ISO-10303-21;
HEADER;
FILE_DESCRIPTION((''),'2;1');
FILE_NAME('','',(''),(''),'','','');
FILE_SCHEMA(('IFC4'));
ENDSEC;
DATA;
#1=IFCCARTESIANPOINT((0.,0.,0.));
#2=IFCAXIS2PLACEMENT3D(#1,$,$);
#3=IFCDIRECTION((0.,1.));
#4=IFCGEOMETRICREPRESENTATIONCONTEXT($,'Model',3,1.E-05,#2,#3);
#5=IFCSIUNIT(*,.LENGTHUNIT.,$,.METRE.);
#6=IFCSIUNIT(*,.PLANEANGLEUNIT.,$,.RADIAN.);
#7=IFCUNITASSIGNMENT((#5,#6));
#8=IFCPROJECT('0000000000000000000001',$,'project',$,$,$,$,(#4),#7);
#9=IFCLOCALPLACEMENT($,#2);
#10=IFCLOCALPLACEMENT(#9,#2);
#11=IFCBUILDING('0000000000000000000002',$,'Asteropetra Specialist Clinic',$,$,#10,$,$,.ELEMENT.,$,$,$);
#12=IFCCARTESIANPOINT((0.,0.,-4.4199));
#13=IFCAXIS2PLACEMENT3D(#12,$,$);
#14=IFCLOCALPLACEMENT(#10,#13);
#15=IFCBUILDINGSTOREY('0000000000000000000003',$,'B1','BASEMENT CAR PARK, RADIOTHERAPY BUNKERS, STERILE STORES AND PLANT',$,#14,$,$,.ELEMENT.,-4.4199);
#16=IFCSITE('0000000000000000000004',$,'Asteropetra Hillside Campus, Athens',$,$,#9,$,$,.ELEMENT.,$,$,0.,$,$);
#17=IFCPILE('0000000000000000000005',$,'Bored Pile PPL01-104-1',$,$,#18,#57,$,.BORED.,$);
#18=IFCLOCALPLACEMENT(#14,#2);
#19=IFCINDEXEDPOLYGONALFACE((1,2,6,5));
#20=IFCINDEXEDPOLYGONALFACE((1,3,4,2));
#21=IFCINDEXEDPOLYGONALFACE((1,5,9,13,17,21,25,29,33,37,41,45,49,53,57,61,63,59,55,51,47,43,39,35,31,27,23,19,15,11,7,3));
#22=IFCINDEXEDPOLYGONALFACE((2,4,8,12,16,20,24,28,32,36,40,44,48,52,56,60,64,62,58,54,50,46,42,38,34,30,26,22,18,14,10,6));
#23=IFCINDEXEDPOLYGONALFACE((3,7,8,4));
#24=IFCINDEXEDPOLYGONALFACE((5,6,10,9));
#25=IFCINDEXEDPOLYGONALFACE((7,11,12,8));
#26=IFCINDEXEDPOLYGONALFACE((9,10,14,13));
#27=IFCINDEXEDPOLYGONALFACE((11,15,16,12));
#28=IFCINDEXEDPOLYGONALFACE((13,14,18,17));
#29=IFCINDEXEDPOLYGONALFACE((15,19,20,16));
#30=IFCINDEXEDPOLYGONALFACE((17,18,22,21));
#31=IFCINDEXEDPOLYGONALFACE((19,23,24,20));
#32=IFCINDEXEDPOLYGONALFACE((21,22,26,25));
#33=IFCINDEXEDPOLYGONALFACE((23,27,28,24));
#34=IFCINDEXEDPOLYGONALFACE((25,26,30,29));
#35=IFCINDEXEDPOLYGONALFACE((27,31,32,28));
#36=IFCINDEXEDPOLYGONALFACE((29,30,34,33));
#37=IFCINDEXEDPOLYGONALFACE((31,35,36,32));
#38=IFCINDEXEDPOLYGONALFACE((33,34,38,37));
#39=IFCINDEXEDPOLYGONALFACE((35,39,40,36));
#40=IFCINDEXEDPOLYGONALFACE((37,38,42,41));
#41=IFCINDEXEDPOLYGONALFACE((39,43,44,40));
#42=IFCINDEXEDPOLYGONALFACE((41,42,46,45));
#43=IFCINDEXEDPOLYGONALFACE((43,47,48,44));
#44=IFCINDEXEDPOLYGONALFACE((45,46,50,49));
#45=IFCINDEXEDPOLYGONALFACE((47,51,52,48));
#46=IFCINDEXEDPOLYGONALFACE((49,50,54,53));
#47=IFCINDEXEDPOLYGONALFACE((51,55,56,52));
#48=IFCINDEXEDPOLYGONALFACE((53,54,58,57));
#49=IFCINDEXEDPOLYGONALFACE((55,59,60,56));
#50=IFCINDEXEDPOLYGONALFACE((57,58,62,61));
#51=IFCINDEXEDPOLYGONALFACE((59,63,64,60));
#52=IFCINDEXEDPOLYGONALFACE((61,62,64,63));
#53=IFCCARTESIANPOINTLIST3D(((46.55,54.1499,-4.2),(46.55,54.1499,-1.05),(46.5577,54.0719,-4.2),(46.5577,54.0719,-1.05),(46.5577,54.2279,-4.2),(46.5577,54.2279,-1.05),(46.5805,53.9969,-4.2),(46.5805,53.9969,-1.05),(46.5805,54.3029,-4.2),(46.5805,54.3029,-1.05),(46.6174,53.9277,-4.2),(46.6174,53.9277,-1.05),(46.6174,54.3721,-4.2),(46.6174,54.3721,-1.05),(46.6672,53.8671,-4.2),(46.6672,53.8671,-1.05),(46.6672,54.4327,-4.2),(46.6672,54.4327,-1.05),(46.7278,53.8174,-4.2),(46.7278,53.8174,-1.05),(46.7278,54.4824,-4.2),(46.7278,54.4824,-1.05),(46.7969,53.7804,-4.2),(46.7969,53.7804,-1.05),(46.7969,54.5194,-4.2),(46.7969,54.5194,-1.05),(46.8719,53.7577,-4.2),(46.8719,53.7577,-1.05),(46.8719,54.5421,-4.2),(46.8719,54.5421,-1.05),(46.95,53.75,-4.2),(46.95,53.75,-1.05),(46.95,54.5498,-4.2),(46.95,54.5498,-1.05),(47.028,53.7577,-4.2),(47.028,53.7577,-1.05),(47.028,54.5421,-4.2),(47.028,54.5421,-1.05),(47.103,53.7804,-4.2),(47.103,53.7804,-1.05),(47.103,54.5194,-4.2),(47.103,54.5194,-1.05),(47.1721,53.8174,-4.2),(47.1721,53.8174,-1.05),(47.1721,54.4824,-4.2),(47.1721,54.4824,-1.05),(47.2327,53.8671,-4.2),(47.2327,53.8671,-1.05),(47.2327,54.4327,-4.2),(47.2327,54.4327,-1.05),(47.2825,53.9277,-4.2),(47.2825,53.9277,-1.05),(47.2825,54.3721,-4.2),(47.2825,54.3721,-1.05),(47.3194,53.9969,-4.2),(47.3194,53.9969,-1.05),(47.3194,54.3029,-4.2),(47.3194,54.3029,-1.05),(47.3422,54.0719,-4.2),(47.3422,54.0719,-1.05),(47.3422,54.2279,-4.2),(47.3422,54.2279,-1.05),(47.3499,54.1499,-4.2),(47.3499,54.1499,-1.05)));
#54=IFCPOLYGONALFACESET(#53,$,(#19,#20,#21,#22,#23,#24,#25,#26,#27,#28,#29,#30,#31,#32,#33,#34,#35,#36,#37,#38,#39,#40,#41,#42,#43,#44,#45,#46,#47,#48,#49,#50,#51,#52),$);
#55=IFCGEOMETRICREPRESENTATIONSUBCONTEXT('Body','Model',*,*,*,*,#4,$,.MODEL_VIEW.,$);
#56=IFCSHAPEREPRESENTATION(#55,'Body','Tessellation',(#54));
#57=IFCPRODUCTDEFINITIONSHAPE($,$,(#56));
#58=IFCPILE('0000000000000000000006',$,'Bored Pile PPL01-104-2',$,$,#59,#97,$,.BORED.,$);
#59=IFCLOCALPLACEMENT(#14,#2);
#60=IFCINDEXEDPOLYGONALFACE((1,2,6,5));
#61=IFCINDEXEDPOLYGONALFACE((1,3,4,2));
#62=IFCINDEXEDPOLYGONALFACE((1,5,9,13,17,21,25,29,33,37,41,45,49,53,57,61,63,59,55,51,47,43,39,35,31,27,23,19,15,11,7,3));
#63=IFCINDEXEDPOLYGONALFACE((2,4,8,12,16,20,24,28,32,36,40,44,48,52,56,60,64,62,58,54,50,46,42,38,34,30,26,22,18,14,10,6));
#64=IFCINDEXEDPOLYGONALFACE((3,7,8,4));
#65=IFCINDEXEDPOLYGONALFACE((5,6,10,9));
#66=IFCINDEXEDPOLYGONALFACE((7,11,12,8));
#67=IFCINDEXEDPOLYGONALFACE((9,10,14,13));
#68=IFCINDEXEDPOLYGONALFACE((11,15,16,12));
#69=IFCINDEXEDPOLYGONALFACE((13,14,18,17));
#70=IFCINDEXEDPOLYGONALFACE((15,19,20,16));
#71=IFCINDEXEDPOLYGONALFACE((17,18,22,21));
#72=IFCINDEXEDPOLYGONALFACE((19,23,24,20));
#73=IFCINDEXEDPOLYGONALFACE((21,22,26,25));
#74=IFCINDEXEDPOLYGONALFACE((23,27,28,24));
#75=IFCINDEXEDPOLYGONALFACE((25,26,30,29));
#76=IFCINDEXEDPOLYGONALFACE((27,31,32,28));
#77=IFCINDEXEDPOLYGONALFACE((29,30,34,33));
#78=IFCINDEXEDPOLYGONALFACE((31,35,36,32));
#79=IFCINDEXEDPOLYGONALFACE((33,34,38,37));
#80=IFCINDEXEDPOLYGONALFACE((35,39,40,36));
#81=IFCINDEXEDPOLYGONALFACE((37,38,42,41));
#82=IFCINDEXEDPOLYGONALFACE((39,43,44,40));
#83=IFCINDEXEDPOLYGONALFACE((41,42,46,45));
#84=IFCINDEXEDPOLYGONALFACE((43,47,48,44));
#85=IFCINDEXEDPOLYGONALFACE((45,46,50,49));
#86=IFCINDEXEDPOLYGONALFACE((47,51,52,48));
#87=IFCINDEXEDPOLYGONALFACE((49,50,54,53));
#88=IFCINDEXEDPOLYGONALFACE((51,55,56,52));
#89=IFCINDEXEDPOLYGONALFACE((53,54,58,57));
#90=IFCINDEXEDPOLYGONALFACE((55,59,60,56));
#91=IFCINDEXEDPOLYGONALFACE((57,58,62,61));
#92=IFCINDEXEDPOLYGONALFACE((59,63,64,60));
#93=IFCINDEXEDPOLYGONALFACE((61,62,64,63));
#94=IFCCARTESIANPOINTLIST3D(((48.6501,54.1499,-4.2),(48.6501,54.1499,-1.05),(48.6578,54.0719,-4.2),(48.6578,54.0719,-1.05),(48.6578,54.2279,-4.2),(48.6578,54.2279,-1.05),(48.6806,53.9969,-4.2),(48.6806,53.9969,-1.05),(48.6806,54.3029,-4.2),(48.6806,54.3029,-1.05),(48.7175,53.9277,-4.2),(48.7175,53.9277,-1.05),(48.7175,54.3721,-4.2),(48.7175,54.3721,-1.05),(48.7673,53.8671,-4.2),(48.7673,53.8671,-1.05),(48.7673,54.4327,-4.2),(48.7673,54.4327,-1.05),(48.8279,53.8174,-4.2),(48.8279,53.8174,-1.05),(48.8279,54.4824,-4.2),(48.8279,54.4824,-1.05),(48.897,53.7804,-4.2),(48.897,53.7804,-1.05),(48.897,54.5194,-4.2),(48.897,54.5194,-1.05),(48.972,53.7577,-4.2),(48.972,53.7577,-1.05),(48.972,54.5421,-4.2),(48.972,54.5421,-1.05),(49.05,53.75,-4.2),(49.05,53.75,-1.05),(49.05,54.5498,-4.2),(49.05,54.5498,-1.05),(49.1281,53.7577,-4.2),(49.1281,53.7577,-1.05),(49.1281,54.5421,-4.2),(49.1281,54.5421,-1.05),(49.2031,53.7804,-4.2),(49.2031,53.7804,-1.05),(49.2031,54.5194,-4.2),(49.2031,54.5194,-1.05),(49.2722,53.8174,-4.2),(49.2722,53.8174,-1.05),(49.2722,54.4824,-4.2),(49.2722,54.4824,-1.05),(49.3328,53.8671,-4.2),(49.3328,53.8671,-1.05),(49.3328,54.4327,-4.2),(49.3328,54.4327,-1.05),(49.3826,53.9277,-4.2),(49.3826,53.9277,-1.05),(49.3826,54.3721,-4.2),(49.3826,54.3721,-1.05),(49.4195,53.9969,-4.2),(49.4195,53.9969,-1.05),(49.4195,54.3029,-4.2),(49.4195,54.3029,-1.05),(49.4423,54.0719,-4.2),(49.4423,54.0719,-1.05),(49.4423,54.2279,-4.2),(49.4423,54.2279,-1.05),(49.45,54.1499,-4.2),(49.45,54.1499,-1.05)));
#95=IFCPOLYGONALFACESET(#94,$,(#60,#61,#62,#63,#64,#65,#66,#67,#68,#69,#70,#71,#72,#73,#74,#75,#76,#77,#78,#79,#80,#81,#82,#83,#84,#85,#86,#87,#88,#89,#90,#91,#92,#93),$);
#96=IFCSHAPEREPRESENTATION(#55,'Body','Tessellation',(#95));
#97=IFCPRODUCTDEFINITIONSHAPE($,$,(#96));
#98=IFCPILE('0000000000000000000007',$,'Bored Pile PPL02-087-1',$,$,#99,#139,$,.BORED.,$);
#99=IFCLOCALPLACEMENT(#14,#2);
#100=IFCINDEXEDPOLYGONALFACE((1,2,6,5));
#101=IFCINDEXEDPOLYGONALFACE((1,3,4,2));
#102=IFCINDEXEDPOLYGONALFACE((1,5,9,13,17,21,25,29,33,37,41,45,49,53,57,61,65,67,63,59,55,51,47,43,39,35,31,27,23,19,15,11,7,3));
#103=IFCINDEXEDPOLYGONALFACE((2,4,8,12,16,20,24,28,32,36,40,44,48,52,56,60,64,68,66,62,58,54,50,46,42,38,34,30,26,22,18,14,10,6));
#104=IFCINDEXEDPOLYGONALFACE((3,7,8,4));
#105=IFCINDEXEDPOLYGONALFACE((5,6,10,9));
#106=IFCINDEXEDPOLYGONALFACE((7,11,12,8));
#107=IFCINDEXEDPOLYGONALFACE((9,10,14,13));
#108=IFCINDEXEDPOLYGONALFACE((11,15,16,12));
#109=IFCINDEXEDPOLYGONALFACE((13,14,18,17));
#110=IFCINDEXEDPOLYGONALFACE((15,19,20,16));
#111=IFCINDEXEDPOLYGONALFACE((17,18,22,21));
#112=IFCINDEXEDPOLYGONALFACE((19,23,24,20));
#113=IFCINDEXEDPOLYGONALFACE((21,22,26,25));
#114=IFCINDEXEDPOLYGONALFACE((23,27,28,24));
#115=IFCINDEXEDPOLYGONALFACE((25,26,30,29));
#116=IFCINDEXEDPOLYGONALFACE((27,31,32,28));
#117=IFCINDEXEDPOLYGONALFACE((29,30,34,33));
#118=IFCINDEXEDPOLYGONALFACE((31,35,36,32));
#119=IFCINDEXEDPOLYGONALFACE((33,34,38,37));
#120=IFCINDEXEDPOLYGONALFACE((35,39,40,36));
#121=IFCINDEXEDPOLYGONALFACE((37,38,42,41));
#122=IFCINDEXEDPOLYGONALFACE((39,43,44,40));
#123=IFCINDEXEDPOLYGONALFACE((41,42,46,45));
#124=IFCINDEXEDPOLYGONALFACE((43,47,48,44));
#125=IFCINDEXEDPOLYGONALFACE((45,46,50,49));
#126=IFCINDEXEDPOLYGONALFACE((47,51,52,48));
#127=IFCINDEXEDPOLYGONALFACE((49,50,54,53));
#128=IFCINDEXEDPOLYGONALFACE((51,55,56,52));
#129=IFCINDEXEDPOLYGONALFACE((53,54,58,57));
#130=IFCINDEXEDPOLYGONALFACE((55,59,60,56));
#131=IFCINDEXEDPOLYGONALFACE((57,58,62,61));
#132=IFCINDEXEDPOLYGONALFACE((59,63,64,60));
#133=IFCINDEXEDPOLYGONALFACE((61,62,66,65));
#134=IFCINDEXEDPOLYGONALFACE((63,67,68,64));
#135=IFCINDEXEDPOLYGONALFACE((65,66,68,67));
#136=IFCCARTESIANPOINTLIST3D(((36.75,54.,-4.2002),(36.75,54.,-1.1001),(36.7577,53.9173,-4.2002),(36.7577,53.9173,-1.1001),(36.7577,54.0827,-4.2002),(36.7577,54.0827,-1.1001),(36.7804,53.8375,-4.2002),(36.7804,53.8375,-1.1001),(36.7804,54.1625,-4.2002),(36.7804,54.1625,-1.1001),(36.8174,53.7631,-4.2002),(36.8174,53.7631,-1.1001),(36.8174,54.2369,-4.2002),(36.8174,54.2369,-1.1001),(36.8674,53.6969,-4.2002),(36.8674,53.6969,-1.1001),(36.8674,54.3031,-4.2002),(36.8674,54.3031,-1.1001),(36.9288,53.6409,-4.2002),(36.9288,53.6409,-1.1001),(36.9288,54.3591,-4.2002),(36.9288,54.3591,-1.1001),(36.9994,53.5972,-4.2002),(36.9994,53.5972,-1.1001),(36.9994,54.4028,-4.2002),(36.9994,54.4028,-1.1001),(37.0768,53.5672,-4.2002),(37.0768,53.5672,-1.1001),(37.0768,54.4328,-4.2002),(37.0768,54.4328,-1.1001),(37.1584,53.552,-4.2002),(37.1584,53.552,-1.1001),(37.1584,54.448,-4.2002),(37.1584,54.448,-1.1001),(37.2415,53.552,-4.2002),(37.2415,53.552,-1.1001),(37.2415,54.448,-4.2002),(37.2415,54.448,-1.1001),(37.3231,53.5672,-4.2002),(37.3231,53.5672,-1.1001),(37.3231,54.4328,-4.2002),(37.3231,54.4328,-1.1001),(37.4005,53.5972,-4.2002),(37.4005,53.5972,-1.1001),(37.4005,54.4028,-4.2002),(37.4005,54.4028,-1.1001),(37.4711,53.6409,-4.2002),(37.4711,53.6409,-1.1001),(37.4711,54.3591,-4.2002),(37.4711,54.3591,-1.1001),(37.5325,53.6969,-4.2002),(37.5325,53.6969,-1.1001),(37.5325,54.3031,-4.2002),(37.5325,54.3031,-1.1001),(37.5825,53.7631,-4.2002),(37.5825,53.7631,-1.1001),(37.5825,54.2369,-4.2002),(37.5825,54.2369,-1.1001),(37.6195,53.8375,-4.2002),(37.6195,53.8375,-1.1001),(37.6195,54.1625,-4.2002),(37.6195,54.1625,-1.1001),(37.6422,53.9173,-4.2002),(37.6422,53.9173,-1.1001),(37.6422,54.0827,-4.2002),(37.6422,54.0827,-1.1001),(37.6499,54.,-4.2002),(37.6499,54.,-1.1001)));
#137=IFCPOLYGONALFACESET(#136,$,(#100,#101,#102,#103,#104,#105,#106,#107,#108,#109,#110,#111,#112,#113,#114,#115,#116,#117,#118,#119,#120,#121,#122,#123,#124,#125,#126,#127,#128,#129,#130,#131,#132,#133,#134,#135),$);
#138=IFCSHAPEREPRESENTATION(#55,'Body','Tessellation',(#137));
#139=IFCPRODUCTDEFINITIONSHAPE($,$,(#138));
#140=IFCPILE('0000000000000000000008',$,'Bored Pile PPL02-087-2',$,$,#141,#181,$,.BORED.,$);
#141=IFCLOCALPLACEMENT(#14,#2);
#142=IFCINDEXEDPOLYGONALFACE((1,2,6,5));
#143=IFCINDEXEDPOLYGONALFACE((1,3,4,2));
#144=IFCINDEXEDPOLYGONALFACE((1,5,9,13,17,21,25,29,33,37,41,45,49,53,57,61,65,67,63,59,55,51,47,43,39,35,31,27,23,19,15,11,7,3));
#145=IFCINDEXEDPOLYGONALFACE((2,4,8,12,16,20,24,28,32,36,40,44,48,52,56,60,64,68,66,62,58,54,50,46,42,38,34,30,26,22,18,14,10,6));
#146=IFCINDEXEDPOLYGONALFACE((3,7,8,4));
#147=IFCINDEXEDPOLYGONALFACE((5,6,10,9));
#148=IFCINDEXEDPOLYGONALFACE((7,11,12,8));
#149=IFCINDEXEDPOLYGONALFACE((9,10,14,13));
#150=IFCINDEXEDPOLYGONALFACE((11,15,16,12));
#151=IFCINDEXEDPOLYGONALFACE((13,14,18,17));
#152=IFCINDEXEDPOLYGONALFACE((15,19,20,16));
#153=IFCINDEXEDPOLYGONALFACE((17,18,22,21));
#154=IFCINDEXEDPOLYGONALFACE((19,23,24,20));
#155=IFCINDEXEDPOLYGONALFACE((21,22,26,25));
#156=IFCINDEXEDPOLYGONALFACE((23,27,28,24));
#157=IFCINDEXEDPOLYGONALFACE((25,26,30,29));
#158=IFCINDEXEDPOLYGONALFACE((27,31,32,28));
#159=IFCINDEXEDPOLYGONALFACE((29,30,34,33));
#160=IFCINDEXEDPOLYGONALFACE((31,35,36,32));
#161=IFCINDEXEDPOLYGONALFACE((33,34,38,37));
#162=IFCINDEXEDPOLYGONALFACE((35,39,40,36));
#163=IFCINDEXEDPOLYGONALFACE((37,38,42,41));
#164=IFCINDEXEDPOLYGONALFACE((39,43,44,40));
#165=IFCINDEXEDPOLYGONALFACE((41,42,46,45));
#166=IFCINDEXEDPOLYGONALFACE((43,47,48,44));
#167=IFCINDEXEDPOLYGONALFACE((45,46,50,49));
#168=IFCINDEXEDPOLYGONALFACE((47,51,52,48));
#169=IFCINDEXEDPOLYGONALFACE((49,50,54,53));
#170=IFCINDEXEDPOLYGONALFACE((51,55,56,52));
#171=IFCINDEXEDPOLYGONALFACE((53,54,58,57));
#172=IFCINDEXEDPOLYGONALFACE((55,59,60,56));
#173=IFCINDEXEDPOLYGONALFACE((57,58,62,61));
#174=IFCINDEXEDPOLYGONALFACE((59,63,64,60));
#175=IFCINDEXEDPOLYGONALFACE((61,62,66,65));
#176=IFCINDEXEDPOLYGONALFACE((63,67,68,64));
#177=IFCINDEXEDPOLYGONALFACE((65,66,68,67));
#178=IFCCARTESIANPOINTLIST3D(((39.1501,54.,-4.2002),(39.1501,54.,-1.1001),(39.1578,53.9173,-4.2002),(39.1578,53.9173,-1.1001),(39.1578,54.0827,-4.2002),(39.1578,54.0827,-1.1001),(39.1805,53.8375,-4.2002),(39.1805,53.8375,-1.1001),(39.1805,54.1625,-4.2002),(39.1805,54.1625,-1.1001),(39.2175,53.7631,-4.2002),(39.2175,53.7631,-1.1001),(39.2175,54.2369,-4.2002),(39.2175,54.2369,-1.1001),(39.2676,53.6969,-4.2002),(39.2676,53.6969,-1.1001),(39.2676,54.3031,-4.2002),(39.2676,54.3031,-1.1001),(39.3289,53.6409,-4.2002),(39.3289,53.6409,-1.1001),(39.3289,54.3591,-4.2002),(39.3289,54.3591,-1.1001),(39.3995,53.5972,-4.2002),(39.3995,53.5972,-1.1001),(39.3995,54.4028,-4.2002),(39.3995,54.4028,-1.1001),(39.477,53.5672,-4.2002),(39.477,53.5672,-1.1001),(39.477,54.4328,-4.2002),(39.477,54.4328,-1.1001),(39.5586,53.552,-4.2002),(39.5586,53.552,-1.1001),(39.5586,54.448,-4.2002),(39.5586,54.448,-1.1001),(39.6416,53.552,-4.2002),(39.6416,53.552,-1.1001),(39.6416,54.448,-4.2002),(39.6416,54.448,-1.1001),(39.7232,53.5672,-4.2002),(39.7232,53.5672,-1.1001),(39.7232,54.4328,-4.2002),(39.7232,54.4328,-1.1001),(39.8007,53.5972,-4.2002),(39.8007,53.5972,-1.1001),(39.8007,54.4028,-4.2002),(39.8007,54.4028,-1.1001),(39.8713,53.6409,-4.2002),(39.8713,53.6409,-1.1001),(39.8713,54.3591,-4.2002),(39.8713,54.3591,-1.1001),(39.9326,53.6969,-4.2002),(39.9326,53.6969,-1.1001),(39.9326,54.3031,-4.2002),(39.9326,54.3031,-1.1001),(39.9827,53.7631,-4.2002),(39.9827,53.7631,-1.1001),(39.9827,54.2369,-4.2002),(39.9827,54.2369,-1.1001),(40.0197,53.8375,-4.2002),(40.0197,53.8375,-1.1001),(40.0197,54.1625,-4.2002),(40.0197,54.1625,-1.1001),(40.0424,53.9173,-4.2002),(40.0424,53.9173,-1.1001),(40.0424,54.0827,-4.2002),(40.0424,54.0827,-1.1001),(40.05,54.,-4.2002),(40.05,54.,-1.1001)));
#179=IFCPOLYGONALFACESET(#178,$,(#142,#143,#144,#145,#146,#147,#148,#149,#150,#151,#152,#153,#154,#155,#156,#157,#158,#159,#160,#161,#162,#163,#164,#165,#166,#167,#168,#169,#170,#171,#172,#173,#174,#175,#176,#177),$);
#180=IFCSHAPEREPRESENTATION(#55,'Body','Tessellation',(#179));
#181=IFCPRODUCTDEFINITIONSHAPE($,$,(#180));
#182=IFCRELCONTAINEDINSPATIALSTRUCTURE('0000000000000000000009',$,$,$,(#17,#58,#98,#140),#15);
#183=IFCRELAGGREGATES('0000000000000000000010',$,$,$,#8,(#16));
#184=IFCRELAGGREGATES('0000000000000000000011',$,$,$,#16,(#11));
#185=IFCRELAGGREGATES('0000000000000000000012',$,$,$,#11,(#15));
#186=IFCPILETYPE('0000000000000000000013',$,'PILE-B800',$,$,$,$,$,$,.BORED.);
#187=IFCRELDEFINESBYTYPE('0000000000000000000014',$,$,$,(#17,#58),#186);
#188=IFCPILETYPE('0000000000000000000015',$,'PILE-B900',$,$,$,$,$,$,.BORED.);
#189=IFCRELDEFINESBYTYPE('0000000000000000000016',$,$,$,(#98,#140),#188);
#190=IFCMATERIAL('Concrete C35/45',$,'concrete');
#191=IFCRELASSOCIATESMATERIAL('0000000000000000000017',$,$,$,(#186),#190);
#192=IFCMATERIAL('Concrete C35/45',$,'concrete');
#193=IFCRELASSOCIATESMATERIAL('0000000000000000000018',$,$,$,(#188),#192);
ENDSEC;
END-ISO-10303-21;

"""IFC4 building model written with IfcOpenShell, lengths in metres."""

from ifc_helpers import new_model, si_unit, direction, frame, origin, origin_2d, place, context, subcontext, project, spatial, circle, extrude, material, material_profile, profile_set, type_object, element, save


model = new_model("IFC4")

# Units and contexts
model_context = context("Model", 3, precision=1e-05, world=origin(), true_north=direction((0.0, 1.0)))
body_context = subcontext(model_context, "Body", "Model", "MODEL_VIEW")
ifc_project = project(units=[si_unit("LENGTHUNIT", "METRE"), si_unit("PLANEANGLEUNIT", "RADIAN")], contexts=[model_context])

# Site, building, storey
site_placement = place(None, origin())
site = spatial("IfcSite", under=ifc_project, at=site_placement, Name="Asteropetra Hillside Campus, Athens", CompositionType="ELEMENT", RefElevation=0.0)
building_placement = place(site_placement, origin())
building = spatial("IfcBuilding", under=site, at=building_placement, Name="Asteropetra Specialist Clinic", CompositionType="ELEMENT")
storey_placement = place(building_placement, frame((0.0, 0.0, -4.4199)))
storey = spatial("IfcBuildingStorey", under=building, at=storey_placement, Name="B1", Description="BASEMENT CAR PARK, RADIOTHERAPY BUNKERS, STERILE STORES AND PLANT", CompositionType="ELEMENT", Elevation=-4.4199)

# Piles
ifc_material_1 = material(Name="Concrete C35/45", Category="concrete")
ifc_material_profile_1 = material_profile(ifc_material_1, circle(Radius=0.3999, at=origin_2d()), Name="PILE D800")
ifc_profile_set_1 = profile_set([ifc_material_profile_1], Name="Concrete C35/45")
pile_type_1 = type_object("IfcPileType", Name="PILE-B800", PredefinedType="BORED", material=ifc_profile_set_1)
for number, where, z_axis, x_axis, name in (
    (1, (46.95, 54.1499, -1.05), (0.0, 0.0, -1.0), (1.0, 0.0, 0.0), "Bored Pile PPL01-104-1"),
    (2, (49.05, 54.1499, -1.05), (0.0, 0.0, -1.0), (1.0, 0.0, 0.0), "Bored Pile PPL01-104-2"),
):
    element("IfcPile", number, at=place(storey_placement, frame(where, z_axis=z_axis, x_axis=x_axis)), inside=storey, type_object=pile_type_1, Name=name, PredefinedType="BORED", context=body_context, shape_type="SweptSolid", body=[
        extrude(circle(Radius=0.3999, at=origin_2d()), origin(), (0.0, 0.0, 1.0), 3.1499),
    ])
ifc_material_2 = material(Name="Concrete C35/45", Category="concrete")
ifc_material_profile_2 = material_profile(ifc_material_2, circle(Radius=0.45, at=origin_2d()), Name="PILE D900")
ifc_profile_set_2 = profile_set([ifc_material_profile_2], Name="Concrete C35/45")
pile_type_2 = type_object("IfcPileType", Name="PILE-B900", PredefinedType="BORED", material=ifc_profile_set_2)
for number, where, z_axis, x_axis, name in (
    (3, (37.2, 54.0, -1.1001), (0.0, 0.0, -1.0), (1.0, 0.0, 0.0), "Bored Pile PPL02-087-1"),
    (4, (39.6001, 54.0, -1.1001), (0.0, 0.0, -1.0), (1.0, 0.0, 0.0), "Bored Pile PPL02-087-2"),
):
    element("IfcPile", number, at=place(storey_placement, frame(where, z_axis=z_axis, x_axis=x_axis)), inside=storey, type_object=pile_type_2, Name=name, PredefinedType="BORED", context=body_context, shape_type="SweptSolid", body=[
        extrude(circle(Radius=0.45, at=origin_2d()), origin(), (0.0, 0.0, 1.0), 3.1001),
    ])

save(model, "model.ifc")
